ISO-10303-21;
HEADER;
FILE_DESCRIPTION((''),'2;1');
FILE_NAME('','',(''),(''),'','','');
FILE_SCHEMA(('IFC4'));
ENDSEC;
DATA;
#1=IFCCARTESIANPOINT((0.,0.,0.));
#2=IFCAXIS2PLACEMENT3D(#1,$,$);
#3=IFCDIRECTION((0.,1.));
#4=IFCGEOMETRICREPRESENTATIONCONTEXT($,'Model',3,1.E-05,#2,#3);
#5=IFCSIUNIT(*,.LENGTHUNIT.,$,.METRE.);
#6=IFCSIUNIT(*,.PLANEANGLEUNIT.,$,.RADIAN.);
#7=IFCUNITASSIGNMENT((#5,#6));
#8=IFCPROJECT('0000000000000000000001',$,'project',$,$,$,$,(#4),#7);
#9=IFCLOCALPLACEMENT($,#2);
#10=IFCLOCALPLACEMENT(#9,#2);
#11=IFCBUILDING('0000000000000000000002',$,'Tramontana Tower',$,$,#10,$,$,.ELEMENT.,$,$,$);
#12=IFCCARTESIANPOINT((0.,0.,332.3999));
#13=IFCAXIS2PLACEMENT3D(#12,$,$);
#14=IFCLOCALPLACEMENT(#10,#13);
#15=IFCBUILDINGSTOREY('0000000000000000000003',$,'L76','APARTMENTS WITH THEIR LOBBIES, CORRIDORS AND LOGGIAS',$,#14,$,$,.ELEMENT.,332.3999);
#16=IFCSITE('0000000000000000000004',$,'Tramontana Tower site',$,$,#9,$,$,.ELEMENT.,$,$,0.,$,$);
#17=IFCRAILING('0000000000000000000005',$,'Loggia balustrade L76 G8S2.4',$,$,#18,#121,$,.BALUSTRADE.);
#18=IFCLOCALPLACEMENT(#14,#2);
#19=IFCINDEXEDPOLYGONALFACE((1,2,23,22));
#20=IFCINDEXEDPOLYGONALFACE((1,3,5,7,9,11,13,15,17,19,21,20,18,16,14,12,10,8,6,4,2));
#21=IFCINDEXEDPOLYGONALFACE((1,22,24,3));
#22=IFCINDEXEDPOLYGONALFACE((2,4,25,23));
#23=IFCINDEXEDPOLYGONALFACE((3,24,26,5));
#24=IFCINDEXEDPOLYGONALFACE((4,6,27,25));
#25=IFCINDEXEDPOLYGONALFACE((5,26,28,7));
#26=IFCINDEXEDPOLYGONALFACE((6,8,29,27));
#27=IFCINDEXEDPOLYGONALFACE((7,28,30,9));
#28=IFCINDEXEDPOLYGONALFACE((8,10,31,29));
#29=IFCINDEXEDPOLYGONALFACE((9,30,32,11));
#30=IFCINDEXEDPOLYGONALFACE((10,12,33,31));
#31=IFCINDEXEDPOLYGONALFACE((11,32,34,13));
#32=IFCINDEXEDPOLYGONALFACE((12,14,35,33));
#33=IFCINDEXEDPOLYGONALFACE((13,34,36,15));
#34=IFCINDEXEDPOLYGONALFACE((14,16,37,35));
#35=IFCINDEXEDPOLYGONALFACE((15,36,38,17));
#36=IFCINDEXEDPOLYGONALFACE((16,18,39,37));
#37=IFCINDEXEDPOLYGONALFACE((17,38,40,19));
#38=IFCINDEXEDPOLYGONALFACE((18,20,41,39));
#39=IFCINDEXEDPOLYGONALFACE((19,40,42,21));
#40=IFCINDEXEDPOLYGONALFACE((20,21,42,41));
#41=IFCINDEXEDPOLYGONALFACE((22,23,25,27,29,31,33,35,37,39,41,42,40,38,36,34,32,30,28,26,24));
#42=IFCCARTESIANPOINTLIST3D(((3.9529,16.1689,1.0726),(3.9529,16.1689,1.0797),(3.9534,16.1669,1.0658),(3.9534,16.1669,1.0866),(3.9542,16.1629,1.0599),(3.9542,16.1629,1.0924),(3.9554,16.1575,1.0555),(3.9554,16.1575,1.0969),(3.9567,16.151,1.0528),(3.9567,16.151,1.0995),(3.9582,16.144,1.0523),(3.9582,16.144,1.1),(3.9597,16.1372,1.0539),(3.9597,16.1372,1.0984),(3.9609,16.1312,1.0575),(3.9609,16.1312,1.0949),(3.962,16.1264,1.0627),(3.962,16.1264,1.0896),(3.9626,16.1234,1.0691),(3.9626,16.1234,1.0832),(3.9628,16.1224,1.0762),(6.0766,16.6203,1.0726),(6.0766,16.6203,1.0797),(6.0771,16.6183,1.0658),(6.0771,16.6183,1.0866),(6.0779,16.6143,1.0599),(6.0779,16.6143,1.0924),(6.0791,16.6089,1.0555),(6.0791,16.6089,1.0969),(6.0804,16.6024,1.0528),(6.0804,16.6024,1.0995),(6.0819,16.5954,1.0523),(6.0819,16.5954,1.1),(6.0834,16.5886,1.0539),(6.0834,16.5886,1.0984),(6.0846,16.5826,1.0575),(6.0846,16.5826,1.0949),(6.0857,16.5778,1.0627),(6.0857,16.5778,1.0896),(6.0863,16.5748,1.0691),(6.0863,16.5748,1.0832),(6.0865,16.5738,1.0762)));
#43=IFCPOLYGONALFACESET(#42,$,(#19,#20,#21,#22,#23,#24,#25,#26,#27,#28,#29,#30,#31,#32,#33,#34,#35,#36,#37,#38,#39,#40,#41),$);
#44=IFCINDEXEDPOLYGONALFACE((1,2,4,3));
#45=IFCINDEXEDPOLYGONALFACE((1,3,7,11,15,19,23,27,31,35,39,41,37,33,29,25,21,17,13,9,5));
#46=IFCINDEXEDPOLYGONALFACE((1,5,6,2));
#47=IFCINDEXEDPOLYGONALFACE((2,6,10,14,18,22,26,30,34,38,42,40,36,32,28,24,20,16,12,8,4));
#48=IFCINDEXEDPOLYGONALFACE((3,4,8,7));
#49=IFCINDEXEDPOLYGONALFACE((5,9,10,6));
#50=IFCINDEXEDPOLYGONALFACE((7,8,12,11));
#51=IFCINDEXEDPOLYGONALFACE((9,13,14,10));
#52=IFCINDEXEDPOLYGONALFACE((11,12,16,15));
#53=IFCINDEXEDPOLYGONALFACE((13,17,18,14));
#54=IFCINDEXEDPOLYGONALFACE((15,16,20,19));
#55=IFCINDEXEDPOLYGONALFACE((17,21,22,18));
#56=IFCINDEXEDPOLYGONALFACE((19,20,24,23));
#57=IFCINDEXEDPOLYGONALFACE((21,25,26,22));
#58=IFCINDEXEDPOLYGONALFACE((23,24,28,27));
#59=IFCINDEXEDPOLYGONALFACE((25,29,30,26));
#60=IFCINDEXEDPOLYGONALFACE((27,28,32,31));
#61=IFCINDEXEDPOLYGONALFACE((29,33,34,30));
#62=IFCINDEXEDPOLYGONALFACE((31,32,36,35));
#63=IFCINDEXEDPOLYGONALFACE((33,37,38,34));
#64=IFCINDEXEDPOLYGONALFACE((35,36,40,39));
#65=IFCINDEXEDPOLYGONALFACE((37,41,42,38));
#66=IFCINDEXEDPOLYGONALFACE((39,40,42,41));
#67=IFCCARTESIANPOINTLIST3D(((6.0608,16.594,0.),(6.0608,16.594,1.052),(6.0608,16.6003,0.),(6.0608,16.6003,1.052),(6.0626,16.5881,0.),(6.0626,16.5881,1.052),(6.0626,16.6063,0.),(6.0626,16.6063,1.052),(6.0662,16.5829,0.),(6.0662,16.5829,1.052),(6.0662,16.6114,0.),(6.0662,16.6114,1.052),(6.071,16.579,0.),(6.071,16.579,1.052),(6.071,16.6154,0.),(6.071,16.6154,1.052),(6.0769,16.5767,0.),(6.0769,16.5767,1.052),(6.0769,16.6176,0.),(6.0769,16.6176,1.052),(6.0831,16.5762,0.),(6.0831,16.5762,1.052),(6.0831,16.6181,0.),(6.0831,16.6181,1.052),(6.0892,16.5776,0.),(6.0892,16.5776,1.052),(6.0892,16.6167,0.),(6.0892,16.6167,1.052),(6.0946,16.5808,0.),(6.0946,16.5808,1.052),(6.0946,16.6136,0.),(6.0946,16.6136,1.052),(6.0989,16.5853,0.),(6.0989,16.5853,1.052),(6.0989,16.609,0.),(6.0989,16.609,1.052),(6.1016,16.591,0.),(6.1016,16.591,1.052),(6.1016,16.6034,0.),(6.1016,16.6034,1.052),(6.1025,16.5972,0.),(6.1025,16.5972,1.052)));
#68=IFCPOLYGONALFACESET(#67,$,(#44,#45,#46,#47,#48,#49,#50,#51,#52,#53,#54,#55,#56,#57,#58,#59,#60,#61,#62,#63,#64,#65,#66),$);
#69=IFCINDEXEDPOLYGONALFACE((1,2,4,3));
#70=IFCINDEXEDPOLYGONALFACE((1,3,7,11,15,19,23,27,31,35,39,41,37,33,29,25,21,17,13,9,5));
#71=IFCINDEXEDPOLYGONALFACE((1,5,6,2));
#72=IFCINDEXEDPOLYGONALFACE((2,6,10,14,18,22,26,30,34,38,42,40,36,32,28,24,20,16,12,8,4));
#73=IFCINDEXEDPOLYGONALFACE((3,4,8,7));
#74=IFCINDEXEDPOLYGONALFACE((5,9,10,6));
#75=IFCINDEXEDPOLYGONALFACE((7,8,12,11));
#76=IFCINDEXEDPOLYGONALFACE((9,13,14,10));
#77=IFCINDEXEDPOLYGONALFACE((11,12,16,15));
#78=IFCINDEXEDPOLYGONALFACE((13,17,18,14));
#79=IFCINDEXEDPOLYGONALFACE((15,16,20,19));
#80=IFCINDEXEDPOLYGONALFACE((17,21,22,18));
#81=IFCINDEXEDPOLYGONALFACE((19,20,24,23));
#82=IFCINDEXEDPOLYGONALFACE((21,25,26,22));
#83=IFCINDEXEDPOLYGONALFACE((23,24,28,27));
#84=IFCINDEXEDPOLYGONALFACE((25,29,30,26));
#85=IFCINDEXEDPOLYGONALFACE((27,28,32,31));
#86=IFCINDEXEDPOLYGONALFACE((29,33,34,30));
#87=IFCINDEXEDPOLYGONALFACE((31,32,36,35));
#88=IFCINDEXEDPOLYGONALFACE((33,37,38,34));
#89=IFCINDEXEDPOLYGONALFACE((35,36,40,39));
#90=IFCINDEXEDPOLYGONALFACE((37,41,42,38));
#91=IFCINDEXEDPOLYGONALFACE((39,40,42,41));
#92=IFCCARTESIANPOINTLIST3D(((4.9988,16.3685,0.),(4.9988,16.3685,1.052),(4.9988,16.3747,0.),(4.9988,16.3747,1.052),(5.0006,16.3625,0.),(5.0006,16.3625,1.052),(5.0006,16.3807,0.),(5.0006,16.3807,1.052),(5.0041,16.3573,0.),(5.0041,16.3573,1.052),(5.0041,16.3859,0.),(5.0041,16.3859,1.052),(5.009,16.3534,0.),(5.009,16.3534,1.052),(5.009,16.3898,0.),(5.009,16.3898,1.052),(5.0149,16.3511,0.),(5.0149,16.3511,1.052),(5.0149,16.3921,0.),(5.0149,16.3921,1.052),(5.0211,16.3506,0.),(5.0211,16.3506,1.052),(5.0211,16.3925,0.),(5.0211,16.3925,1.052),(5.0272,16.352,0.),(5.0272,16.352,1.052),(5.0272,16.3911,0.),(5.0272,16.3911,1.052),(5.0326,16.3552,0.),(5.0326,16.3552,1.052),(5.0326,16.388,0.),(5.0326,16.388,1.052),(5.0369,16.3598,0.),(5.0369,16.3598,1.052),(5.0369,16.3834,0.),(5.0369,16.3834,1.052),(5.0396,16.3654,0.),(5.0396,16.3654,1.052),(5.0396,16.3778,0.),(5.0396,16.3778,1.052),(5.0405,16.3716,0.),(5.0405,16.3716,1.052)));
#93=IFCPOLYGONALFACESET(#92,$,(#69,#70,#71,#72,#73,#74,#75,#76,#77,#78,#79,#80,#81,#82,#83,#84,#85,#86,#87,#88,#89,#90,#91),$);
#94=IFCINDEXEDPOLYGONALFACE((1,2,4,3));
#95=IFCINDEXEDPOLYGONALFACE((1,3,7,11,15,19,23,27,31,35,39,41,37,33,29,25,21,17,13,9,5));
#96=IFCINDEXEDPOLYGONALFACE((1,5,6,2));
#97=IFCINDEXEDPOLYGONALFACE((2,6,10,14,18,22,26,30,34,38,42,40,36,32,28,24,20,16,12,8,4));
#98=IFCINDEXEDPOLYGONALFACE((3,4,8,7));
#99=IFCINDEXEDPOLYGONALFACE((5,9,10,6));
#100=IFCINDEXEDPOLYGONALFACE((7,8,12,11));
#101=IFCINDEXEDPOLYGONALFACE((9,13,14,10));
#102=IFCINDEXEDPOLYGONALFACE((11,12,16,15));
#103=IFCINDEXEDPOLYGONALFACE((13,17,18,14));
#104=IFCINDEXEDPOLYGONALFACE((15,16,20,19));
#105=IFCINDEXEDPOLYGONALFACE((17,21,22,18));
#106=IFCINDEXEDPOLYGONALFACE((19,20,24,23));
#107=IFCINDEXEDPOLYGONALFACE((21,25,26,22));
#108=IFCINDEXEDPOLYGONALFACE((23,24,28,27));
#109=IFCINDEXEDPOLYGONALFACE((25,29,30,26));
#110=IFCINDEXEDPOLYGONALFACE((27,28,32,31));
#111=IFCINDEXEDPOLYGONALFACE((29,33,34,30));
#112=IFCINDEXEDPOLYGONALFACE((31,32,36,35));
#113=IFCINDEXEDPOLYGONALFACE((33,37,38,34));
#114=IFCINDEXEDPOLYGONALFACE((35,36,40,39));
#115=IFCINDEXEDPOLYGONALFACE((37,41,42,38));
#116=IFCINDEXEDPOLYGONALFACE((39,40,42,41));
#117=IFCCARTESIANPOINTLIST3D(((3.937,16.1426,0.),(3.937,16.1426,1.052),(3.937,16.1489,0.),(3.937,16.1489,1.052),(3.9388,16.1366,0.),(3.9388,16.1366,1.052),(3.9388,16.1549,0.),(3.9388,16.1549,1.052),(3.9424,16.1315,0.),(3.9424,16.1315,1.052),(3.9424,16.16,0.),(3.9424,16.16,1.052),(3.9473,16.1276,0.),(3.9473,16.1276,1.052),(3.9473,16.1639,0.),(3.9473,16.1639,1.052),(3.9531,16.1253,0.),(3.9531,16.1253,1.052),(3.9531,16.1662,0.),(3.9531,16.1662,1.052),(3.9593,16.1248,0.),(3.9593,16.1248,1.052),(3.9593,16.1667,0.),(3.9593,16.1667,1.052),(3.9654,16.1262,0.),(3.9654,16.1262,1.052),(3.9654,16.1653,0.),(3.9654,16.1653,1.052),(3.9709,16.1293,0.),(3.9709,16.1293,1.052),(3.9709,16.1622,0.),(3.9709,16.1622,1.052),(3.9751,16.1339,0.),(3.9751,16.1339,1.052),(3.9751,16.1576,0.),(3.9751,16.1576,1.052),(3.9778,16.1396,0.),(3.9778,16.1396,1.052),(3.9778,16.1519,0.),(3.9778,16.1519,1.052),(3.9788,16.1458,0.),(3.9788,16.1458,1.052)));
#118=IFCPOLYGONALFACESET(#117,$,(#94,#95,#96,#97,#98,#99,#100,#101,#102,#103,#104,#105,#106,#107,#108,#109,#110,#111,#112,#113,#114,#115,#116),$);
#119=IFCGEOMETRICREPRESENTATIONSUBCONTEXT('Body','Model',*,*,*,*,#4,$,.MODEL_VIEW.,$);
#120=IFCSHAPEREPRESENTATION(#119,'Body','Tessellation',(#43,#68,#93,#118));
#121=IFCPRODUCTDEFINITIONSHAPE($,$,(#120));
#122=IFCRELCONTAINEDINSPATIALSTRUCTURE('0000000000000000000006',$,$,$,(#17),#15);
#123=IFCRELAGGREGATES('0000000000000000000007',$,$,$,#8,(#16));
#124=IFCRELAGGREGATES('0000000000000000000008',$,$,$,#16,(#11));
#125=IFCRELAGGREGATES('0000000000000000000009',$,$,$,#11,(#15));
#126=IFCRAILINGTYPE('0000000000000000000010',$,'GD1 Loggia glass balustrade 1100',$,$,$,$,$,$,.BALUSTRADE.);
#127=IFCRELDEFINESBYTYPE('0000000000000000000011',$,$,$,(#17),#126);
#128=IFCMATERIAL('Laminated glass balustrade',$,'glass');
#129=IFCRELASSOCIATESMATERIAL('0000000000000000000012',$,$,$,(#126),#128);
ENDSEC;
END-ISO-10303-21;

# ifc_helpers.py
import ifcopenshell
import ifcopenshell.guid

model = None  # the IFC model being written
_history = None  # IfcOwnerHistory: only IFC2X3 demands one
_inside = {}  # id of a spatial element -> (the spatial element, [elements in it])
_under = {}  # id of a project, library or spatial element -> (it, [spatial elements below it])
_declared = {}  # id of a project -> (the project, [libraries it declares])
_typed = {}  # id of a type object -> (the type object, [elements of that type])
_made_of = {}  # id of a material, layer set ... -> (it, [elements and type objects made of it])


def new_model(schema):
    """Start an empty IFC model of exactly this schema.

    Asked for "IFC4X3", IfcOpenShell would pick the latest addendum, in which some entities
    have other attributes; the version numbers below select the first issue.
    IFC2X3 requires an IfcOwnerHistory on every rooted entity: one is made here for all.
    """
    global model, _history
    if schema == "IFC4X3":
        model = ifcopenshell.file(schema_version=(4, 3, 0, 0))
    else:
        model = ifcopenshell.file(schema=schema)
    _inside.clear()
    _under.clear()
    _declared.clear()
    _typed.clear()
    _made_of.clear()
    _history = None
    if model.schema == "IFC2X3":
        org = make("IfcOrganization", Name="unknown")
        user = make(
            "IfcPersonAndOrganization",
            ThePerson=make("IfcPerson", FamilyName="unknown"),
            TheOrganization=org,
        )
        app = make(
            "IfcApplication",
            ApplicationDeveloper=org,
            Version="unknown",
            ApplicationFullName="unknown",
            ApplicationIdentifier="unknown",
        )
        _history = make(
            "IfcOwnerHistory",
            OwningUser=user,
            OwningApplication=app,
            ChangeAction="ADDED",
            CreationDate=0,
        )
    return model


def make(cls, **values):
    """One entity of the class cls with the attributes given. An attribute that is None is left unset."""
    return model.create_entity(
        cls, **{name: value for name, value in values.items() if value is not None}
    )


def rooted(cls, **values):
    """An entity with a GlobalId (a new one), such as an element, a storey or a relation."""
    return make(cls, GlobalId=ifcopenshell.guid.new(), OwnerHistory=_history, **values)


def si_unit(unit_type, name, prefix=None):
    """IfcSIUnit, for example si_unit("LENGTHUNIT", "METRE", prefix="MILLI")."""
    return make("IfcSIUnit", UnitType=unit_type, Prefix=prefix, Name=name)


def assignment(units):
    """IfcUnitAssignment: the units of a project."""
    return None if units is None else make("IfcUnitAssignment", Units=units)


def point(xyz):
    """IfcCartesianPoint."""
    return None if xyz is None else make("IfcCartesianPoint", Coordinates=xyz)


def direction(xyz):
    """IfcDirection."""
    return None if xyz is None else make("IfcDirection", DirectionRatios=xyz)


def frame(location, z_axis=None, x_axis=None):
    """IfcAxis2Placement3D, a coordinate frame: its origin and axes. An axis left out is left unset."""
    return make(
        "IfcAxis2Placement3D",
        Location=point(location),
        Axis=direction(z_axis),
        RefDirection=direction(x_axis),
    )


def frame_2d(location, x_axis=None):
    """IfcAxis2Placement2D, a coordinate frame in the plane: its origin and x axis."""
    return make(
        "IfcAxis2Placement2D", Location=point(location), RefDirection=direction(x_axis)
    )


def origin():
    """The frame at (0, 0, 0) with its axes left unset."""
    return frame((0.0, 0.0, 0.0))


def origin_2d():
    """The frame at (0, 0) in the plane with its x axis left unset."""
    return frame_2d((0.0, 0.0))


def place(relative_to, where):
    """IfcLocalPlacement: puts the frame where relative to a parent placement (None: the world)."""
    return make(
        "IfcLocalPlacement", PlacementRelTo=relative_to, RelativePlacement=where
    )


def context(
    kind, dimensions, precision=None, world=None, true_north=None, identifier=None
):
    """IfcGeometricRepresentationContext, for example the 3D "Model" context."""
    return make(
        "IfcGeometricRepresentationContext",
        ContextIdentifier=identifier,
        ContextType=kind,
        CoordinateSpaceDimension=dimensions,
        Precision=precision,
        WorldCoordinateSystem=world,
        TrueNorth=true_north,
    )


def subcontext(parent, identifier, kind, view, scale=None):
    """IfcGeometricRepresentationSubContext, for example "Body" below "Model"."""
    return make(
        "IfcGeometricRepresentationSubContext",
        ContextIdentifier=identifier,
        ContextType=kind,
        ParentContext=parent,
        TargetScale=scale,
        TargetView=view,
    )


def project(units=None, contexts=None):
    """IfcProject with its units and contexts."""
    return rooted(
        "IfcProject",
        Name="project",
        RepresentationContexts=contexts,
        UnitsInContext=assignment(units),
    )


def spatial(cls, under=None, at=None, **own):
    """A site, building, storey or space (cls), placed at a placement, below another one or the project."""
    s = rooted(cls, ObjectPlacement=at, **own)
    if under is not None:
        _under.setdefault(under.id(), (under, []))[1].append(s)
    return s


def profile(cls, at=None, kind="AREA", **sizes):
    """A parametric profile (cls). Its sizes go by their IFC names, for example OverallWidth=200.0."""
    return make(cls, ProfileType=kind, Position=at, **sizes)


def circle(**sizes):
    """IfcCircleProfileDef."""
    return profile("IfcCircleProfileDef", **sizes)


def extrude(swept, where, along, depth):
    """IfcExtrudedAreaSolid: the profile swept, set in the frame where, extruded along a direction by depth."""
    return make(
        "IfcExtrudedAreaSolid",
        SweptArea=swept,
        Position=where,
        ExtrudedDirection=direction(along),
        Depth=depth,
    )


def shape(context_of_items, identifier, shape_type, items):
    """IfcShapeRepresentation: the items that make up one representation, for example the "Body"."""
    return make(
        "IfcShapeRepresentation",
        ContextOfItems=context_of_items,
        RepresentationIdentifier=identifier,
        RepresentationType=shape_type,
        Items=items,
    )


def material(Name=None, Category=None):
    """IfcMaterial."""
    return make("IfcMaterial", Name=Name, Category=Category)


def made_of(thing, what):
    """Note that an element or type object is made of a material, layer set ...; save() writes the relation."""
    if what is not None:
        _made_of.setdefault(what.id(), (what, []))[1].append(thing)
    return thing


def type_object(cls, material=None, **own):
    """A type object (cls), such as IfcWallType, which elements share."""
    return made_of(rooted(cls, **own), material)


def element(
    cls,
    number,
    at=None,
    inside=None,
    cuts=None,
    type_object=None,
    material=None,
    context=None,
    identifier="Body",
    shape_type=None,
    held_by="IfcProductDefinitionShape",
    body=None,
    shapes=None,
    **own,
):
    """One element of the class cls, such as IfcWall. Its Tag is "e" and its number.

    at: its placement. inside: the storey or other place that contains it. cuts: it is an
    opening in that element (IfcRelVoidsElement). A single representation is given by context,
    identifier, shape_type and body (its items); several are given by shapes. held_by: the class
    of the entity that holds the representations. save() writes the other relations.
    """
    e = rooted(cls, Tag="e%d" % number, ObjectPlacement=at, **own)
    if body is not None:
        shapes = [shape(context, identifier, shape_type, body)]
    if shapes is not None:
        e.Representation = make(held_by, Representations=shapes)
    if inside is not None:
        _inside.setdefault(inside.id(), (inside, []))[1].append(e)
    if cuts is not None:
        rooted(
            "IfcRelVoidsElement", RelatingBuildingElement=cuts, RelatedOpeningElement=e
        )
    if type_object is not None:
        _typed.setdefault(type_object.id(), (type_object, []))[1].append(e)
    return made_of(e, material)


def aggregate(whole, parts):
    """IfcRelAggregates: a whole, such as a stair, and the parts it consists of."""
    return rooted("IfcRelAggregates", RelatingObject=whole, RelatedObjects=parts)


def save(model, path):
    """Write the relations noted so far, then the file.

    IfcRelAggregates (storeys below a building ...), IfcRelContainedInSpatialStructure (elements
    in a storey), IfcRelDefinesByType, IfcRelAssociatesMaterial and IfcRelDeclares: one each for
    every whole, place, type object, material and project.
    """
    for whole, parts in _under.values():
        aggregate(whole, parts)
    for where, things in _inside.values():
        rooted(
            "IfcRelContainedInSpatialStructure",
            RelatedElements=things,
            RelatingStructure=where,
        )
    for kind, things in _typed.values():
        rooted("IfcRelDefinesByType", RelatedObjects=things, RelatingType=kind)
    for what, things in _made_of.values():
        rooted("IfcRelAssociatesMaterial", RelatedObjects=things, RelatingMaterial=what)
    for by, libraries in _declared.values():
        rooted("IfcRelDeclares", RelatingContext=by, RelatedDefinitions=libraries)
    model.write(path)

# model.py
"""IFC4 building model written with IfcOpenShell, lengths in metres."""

from ifc_helpers import new_model, si_unit, direction, frame, origin, origin_2d, place, context, subcontext, project, spatial, circle, extrude, material, type_object, element, save


model = new_model("IFC4")

# Units and contexts
model_context = context("Model", 3, precision=1e-05, world=origin(), true_north=direction((0.0, 1.0)))
body_context = subcontext(model_context, "Body", "Model", "MODEL_VIEW")
ifc_project = project(units=[si_unit("LENGTHUNIT", "METRE"), si_unit("PLANEANGLEUNIT", "RADIAN")], contexts=[model_context])

# Site, building, storey
site_placement = place(None, origin())
site = spatial("IfcSite", under=ifc_project, at=site_placement, Name="Tramontana Tower site", CompositionType="ELEMENT", RefElevation=0.0)
building_placement = place(site_placement, origin())
building = spatial("IfcBuilding", under=site, at=building_placement, Name="Tramontana Tower", CompositionType="ELEMENT")
storey_placement = place(building_placement, frame((0.0, 0.0, 332.3999)))
storey = spatial("IfcBuildingStorey", under=building, at=storey_placement, Name="L76", Description="APARTMENTS WITH THEIR LOBBIES, CORRIDORS AND LOGGIAS", CompositionType="ELEMENT", Elevation=332.3999)

# Railing
ifc_material_1 = material(Name="Laminated glass balustrade", Category="glass")
railing_type = type_object("IfcRailingType", Name="GD1 Loggia glass balustrade 1100", PredefinedType="BALUSTRADE", material=ifc_material_1)
railing_placement = place(storey_placement, frame((6.0815, 16.5972, 0.0)))
element("IfcRailing", 1, at=railing_placement, inside=storey, type_object=railing_type, Name="Loggia balustrade L76 G8S2.4", PredefinedType="BALUSTRADE", context=body_context, shape_type="SweptSolid", body=[
    extrude(circle(Radius=0.0239, at=origin_2d()), frame((0.0, 0.0, 1.0762), z_axis=(-0.978148, -0.207909, 0.0), x_axis=(0.207909, -0.978148, 0.0)), (0.0, 0.0, 1.0), 2.1711),
    extrude(circle(Radius=0.021, at=origin_2d()), origin(), (0.0, 0.0, 1.0), 1.052),
    extrude(circle(Radius=0.021, at=origin_2d()), frame((-1.062, -0.2256, 0.0)), (0.0, 0.0, 1.0), 1.052),
    extrude(circle(Radius=0.021, at=origin_2d()), frame((-2.1238, -0.4514, 0.0)), (0.0, 0.0, 1.0), 1.052),
])

save(model, "model.ifc")
